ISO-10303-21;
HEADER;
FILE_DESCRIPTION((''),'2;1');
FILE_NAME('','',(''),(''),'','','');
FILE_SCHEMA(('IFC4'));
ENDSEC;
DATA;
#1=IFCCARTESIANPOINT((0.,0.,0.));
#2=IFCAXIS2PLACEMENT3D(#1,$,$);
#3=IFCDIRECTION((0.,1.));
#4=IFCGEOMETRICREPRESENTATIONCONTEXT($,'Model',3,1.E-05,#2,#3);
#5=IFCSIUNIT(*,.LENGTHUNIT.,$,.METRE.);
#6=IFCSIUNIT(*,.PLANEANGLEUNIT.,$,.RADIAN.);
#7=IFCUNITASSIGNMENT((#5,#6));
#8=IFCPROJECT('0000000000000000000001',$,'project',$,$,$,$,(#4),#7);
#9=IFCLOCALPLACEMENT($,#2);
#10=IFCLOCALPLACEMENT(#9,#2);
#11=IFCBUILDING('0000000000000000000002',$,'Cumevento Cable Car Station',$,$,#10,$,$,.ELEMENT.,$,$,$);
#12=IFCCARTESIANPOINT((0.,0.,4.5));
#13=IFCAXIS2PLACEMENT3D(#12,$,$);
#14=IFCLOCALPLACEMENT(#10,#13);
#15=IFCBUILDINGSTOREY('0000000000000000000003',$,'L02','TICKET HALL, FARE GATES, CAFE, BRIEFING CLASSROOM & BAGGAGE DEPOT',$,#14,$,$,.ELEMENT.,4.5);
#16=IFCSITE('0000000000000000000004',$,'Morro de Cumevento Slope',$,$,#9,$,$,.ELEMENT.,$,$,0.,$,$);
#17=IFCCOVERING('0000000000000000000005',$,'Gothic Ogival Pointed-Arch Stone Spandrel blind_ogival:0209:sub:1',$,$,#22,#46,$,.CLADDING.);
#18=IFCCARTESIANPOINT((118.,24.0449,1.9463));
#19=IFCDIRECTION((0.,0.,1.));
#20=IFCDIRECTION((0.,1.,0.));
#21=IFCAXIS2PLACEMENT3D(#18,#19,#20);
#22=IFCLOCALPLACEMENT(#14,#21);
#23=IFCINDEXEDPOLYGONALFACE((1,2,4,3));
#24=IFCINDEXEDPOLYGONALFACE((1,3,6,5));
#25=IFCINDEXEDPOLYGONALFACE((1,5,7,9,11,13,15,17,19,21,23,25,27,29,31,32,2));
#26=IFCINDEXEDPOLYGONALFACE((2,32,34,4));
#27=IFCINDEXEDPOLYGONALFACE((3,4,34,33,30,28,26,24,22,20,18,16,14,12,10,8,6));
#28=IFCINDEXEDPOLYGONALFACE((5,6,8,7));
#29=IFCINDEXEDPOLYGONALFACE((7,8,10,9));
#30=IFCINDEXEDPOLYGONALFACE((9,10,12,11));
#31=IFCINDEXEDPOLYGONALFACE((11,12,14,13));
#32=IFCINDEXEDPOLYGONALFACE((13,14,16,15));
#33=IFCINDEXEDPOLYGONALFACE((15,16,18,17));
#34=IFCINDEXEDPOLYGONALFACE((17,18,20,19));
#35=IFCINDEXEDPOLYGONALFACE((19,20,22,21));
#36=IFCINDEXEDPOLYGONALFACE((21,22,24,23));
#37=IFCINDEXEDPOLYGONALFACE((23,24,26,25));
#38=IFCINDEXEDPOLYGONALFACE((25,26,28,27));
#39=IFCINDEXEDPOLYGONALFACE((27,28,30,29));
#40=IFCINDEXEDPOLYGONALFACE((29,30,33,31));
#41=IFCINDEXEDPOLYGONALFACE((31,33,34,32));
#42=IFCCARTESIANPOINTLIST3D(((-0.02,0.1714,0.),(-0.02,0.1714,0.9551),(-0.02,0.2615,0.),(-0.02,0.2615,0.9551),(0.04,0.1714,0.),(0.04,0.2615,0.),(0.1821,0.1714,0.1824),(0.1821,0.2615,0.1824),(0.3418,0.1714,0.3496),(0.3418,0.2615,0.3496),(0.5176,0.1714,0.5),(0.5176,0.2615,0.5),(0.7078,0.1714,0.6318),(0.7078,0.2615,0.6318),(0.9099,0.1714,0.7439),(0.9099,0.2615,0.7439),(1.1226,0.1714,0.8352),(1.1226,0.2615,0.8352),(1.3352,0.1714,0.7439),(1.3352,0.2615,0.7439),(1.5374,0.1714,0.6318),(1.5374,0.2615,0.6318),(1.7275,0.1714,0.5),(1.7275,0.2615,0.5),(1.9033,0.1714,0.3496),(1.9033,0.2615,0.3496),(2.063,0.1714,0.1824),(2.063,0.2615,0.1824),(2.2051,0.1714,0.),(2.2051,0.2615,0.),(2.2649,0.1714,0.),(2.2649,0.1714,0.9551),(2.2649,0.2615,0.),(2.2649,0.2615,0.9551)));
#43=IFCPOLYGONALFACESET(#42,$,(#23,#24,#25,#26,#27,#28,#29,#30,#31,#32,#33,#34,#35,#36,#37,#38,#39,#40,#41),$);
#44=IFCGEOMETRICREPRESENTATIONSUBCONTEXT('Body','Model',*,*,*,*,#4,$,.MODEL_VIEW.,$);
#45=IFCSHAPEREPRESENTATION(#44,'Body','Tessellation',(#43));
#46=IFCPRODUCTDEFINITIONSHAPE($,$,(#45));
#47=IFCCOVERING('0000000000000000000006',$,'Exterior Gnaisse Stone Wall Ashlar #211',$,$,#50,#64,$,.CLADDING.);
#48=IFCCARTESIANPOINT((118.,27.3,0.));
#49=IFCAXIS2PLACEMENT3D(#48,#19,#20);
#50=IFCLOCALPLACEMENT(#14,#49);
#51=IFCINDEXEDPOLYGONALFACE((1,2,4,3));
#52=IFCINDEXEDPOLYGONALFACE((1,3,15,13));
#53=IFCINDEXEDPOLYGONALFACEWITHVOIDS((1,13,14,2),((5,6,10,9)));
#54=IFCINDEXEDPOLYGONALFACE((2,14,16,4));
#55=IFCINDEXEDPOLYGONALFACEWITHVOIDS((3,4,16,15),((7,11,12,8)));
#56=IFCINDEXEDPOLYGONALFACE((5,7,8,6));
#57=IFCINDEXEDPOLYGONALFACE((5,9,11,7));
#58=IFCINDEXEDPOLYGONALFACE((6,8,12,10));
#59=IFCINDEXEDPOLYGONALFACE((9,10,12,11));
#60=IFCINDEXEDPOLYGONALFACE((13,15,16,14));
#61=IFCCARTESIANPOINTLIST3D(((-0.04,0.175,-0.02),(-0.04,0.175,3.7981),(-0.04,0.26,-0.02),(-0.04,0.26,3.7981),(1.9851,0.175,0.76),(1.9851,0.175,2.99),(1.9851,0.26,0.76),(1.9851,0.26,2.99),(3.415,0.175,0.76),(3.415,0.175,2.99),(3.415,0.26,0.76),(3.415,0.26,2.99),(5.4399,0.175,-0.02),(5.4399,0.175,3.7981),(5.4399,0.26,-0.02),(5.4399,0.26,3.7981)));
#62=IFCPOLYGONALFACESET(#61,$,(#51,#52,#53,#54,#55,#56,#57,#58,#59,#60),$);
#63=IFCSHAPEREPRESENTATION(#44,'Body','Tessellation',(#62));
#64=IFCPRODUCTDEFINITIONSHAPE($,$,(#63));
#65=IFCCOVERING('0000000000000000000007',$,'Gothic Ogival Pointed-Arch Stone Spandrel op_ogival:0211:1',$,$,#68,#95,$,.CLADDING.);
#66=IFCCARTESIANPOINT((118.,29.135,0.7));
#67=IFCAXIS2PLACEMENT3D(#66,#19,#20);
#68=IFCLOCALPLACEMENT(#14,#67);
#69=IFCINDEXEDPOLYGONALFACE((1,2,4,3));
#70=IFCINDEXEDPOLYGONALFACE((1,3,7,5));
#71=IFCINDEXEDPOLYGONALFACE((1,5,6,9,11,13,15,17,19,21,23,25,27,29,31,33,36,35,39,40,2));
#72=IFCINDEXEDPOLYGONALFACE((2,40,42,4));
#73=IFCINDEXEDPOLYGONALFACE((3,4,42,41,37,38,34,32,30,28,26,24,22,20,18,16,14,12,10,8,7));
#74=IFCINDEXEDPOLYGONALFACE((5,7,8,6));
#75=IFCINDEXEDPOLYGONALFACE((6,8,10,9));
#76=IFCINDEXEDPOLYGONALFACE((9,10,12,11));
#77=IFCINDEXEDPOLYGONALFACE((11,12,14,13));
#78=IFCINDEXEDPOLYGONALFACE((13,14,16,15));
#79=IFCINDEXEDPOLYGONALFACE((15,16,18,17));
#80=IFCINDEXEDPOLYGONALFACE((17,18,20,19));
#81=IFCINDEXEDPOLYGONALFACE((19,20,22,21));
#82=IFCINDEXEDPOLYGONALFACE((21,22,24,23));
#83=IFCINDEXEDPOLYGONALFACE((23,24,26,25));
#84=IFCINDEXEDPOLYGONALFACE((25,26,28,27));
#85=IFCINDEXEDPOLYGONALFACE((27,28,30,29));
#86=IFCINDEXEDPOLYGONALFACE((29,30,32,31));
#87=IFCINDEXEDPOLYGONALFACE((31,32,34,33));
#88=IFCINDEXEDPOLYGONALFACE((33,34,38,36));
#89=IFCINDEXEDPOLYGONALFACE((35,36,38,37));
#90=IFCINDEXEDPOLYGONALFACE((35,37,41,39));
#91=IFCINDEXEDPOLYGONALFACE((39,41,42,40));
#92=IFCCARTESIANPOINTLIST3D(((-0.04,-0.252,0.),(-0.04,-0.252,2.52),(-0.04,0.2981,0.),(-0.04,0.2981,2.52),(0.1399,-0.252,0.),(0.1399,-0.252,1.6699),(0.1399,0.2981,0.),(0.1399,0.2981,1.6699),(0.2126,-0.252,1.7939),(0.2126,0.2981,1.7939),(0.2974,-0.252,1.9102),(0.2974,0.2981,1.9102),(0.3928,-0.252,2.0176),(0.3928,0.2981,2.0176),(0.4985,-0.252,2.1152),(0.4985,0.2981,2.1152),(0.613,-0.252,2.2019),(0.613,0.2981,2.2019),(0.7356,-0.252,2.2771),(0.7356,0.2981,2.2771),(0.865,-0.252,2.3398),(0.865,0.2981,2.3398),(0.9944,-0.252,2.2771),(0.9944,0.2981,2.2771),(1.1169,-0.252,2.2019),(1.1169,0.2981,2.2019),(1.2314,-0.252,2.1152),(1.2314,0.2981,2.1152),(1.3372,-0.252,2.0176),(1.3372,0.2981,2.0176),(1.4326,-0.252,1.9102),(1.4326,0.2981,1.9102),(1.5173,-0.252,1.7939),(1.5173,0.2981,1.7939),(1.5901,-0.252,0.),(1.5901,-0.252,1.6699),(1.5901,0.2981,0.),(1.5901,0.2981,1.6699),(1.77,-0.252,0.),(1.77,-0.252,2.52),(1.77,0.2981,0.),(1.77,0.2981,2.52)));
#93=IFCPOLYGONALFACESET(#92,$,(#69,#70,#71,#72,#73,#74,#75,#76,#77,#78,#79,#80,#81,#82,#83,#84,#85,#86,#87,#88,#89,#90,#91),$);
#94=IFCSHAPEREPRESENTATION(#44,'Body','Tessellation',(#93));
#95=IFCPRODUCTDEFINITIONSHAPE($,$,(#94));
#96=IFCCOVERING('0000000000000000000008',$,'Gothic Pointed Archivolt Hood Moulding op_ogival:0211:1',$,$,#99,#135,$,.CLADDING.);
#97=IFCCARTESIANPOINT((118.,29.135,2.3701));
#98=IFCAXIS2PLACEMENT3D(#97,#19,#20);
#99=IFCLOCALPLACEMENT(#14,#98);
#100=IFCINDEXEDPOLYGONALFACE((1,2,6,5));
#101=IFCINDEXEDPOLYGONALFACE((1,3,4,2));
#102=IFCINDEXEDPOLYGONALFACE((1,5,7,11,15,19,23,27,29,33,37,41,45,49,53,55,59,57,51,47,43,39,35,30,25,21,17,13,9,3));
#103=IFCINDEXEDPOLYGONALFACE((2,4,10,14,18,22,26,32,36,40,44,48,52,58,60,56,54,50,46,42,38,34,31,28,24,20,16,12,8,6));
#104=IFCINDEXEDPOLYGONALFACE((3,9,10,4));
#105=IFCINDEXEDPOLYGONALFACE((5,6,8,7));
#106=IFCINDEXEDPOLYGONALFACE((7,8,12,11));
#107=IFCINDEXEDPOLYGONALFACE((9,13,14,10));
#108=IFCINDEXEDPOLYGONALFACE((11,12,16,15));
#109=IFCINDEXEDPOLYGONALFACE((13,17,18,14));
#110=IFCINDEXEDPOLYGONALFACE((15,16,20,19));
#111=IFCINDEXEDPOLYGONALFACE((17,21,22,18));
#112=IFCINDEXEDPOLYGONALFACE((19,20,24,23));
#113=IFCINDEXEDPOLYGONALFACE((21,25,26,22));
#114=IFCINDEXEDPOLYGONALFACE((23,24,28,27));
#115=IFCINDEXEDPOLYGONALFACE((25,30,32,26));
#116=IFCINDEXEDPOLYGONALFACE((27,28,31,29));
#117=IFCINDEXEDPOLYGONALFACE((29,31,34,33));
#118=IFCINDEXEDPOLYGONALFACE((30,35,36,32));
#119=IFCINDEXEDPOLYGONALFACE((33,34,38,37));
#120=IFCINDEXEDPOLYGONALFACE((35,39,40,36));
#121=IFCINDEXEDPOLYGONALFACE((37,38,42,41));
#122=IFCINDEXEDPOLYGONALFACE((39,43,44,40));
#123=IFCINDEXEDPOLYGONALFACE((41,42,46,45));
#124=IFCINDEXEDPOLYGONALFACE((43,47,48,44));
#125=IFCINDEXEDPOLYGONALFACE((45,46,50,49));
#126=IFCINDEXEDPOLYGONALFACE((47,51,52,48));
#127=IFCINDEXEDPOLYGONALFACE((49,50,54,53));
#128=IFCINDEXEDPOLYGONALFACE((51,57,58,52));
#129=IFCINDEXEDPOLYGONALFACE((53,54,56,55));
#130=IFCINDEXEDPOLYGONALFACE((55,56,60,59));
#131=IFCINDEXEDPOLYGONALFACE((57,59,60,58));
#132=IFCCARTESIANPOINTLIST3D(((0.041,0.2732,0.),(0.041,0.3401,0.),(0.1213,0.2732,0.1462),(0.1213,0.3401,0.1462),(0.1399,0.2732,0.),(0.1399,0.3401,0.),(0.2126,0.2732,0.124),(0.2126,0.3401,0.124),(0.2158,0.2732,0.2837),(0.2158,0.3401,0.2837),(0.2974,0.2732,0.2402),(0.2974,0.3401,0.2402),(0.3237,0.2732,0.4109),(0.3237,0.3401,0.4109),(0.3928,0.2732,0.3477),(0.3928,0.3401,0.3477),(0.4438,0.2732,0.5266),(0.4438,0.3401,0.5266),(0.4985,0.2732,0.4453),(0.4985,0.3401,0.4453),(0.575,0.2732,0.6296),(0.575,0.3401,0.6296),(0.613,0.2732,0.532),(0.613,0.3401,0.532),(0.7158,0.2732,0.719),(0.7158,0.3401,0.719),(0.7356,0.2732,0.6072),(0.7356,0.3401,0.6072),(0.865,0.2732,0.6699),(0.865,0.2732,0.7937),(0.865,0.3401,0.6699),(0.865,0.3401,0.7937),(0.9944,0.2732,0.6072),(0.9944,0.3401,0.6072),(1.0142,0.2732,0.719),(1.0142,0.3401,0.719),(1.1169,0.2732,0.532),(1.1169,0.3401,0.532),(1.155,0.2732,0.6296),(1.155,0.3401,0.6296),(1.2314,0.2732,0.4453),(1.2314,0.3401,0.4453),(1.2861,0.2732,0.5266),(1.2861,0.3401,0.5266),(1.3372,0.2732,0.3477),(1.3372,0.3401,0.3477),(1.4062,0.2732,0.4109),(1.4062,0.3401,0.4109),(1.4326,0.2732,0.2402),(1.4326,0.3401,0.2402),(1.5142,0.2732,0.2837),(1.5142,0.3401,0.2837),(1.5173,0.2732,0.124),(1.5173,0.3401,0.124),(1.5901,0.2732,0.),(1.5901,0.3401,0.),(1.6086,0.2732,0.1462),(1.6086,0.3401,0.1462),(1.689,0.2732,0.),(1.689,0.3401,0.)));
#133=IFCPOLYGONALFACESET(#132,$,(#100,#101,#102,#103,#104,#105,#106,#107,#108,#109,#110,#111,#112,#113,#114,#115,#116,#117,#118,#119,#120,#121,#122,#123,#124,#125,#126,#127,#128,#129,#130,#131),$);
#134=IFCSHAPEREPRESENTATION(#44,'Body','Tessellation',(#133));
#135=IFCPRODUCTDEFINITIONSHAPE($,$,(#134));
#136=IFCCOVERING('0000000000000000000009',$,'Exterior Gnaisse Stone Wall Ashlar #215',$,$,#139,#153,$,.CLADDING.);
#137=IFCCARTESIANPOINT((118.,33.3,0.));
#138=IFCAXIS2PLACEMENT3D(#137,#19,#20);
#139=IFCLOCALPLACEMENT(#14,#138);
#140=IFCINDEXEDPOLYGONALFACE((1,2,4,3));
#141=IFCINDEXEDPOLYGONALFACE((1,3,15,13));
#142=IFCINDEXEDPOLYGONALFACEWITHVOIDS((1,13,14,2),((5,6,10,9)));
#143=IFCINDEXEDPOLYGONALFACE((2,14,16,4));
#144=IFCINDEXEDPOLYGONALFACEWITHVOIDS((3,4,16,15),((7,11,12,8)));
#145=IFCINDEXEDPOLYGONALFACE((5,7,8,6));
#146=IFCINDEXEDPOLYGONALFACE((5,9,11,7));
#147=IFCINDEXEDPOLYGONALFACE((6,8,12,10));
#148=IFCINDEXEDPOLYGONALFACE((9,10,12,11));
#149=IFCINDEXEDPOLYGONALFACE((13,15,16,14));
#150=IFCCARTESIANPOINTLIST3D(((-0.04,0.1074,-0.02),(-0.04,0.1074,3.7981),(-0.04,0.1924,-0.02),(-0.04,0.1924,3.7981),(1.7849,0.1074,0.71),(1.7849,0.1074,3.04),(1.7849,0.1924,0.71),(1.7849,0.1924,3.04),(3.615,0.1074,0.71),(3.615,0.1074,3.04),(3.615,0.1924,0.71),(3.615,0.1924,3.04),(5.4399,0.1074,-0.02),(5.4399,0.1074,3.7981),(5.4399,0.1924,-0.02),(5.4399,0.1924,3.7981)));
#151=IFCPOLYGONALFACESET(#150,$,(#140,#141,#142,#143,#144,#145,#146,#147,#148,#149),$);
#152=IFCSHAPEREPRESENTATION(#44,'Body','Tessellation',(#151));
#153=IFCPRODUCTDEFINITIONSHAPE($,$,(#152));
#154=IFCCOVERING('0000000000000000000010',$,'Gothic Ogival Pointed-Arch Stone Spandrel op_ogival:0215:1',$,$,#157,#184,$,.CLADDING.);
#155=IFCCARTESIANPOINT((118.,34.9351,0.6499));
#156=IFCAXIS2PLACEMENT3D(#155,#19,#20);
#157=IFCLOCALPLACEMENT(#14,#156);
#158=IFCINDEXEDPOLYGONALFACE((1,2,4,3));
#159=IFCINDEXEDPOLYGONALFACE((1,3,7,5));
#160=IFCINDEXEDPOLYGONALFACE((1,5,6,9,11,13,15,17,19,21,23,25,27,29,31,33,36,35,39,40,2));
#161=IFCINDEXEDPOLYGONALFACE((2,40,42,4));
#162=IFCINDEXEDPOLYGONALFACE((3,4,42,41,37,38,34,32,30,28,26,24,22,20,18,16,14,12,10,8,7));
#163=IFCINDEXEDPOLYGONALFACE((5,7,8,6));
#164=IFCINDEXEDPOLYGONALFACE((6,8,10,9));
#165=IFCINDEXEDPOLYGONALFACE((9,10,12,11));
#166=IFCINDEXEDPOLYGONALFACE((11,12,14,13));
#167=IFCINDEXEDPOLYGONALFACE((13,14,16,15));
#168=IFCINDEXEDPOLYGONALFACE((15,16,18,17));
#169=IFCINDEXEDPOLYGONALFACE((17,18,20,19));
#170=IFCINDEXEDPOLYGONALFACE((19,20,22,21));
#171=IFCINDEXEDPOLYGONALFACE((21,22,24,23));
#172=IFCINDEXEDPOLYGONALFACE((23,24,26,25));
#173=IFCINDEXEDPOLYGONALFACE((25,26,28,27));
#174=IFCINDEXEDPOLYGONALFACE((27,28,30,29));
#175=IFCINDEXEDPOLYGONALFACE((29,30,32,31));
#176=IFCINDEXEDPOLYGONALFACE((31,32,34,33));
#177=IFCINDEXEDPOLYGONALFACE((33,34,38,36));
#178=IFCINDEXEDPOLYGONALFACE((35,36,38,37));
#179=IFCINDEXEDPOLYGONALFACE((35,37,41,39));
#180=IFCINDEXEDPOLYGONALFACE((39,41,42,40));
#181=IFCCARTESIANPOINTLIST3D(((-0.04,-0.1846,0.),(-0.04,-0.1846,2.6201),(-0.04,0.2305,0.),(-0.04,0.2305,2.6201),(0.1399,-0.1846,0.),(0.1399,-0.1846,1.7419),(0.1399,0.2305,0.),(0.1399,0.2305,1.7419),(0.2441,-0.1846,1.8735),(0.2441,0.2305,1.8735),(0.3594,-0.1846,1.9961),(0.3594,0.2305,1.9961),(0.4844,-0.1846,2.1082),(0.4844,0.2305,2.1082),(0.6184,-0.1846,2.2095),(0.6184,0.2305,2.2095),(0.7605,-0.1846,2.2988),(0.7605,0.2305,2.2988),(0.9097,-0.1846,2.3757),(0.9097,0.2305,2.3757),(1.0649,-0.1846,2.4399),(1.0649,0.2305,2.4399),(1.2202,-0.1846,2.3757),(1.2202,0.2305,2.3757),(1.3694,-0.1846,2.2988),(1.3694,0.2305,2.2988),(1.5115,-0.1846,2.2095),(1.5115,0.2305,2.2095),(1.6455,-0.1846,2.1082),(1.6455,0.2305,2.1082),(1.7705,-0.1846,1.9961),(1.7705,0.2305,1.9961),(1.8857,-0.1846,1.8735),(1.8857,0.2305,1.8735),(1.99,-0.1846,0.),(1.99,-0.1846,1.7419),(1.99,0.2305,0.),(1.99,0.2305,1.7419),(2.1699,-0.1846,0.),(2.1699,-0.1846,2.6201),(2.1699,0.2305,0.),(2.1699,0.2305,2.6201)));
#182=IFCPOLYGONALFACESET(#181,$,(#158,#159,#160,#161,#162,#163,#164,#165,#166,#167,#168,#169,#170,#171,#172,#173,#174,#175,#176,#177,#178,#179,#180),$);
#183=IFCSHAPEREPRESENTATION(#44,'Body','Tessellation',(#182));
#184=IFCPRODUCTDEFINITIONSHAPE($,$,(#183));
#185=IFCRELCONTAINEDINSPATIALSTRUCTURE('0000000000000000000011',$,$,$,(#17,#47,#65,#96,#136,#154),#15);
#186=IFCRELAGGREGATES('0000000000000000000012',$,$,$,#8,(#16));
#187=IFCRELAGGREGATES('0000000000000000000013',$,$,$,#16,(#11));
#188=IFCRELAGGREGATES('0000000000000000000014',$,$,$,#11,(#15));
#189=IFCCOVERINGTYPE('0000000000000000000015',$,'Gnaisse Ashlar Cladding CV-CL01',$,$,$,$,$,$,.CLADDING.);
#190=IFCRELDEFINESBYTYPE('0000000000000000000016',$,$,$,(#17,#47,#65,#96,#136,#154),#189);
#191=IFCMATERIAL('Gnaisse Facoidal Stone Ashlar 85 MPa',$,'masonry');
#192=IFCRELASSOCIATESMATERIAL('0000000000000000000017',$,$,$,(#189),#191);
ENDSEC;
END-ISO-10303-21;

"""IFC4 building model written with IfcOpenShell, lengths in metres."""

from ifc_helpers import new_model, si_unit, direction, frame, origin, place, context, subcontext, project, spatial, polyline, outline, extrude, material, type_object, element, save


model = new_model("IFC4")

# Units and contexts
model_context = context("Model", 3, precision=1e-05, world=origin(), true_north=direction((0.0, 1.0)))
body_context = subcontext(model_context, "Body", "Model", "MODEL_VIEW")
ifc_project = project(units=[si_unit("LENGTHUNIT", "METRE"), si_unit("PLANEANGLEUNIT", "RADIAN")], contexts=[model_context])

# Site, building, storey
site_placement = place(None, origin())
site = spatial("IfcSite", under=ifc_project, at=site_placement, Name="Morro de Cumevento Slope", CompositionType="ELEMENT", RefElevation=0.0)
building_placement = place(site_placement, origin())
building = spatial("IfcBuilding", under=site, at=building_placement, Name="Cumevento Cable Car Station", CompositionType="ELEMENT")
storey_placement = place(building_placement, frame((0.0, 0.0, 4.5)))
storey = spatial("IfcBuildingStorey", under=building, at=storey_placement, Name="L02", Description="TICKET HALL, FARE GATES, CAFE, BRIEFING CLASSROOM & BAGGAGE DEPOT", CompositionType="ELEMENT", Elevation=4.5)

# Coverings
ifc_material_1 = material(Name="Gnaisse Facoidal Stone Ashlar 85 MPa", Category="masonry")
covering_type = type_object("IfcCoveringType", Name="Gnaisse Ashlar Cladding CV-CL01", PredefinedType="CLADDING", material=ifc_material_1)
covering_1_placement = place(storey_placement, frame((118.0, 24.0449, 1.9463), z_axis=(0.0, 0.0, 1.0), x_axis=(0.0, 1.0, 0.0)))
element("IfcCovering", 1, at=covering_1_placement, inside=storey, type_object=covering_type, Name="Gothic Ogival Pointed-Arch Stone Spandrel blind_ogival:0209:sub:1", PredefinedType="CLADDING", context=body_context, shape_type="SweptSolid", body=[
    extrude(outline(polyline([(-0.02, 0.0), (-0.02, 0.9551), (2.2649, 0.9551), (2.2649, 0.0), (2.2051, 0.0), (2.063, 0.1824), (1.9033, 0.3496), (1.7275, 0.5), (1.5374, 0.6318), (1.3352, 0.7439), (1.1226, 0.8352), (0.9099, 0.7439), (0.7078, 0.6318), (0.5176, 0.5), (0.3418, 0.3496), (0.1821, 0.1824), (0.04, 0.0), (-0.02, 0.0)])), frame((0.0, 0.2615, 0.0), z_axis=(0.0, -1.0, 0.0), x_axis=(1.0, 0.0, 0.0)), (0.0, 0.0, 1.0), 0.0901),
])
covering_2_placement = place(storey_placement, frame((118.0, 27.3, 0.0), z_axis=(0.0, 0.0, 1.0), x_axis=(0.0, 1.0, 0.0)))
element("IfcCovering", 2, at=covering_2_placement, inside=storey, type_object=covering_type, Name="Exterior Gnaisse Stone Wall Ashlar #211", PredefinedType="CLADDING", context=body_context, shape_type="SweptSolid", body=[
    extrude(outline(polyline([(-0.04, -0.02), (5.4399, -0.02), (5.4399, 3.7981), (-0.04, 3.7981), (-0.04, -0.02)]), holes=[polyline([(1.9851, 0.76), (3.415, 0.76), (3.415, 2.99), (1.9851, 2.99), (1.9851, 0.76)])]), frame((0.0, 0.26, 0.0), z_axis=(0.0, -1.0, 0.0), x_axis=(1.0, 0.0, 0.0)), (0.0, 0.0, 1.0), 0.085),
])
covering_3_placement = place(storey_placement, frame((118.0, 29.135, 0.7), z_axis=(0.0, 0.0, 1.0), x_axis=(0.0, 1.0, 0.0)))
element("IfcCovering", 3, at=covering_3_placement, inside=storey, type_object=covering_type, Name="Gothic Ogival Pointed-Arch Stone Spandrel op_ogival:0211:1", PredefinedType="CLADDING", context=body_context, shape_type="SweptSolid", body=[
    extrude(outline(polyline([(-0.04, 0.0), (-0.04, 2.52), (1.77, 2.52), (1.77, 0.0), (1.5901, 0.0), (1.5901, 1.6699), (1.5173, 1.7939), (1.4326, 1.9102), (1.3372, 2.0176), (1.2314, 2.1152), (1.1169, 2.2019), (0.9944, 2.2771), (0.865, 2.3398), (0.7356, 2.2771), (0.613, 2.2019), (0.4985, 2.1152), (0.3928, 2.0176), (0.2974, 1.9102), (0.2126, 1.7939), (0.1399, 1.6699), (0.1399, 0.0), (-0.04, 0.0)])), frame((0.0, 0.2981, 0.0), z_axis=(0.0, -1.0, 0.0), x_axis=(1.0, 0.0, 0.0)), (0.0, 0.0, 1.0), 0.55),
])
covering_4_placement = place(storey_placement, frame((118.0, 29.135, 2.3701), z_axis=(0.0, 0.0, 1.0), x_axis=(0.0, 1.0, 0.0)))
element("IfcCovering", 4, at=covering_4_placement, inside=storey, type_object=covering_type, Name="Gothic Pointed Archivolt Hood Moulding op_ogival:0211:1", PredefinedType="CLADDING", context=body_context, shape_type="SweptSolid", body=[
    extrude(outline(polyline([(0.1399, 0.0), (0.2126, 0.124), (0.2974, 0.2402), (0.3928, 0.3477), (0.4985, 0.4453), (0.613, 0.532), (0.7356, 0.6072), (0.865, 0.6699), (0.9944, 0.6072), (1.1169, 0.532), (1.2314, 0.4453), (1.3372, 0.3477), (1.4326, 0.2402), (1.5173, 0.124), (1.5901, 0.0), (1.689, 0.0), (1.6086, 0.1462), (1.5142, 0.2837), (1.4062, 0.4109), (1.2861, 0.5266), (1.155, 0.6296), (1.0142, 0.719), (0.865, 0.7937), (0.7158, 0.719), (0.575, 0.6296), (0.4438, 0.5266), (0.3237, 0.4109), (0.2158, 0.2837), (0.1213, 0.1462), (0.041, 0.0), (0.1399, 0.0)])), frame((0.0, 0.3401, 0.0), z_axis=(0.0, -1.0, 0.0), x_axis=(1.0, 0.0, 0.0)), (0.0, 0.0, 1.0), 0.0669),
])
covering_5_placement = place(storey_placement, frame((118.0, 33.3, 0.0), z_axis=(0.0, 0.0, 1.0), x_axis=(0.0, 1.0, 0.0)))
element("IfcCovering", 5, at=covering_5_placement, inside=storey, type_object=covering_type, Name="Exterior Gnaisse Stone Wall Ashlar #215", PredefinedType="CLADDING", context=body_context, shape_type="SweptSolid", body=[
    extrude(outline(polyline([(-0.04, -0.02), (5.4399, -0.02), (5.4399, 3.7981), (-0.04, 3.7981), (-0.04, -0.02)]), holes=[polyline([(1.7849, 0.71), (3.615, 0.71), (3.615, 3.04), (1.7849, 3.04), (1.7849, 0.71)])]), frame((0.0, 0.1924, 0.0), z_axis=(0.0, -1.0, 0.0), x_axis=(1.0, 0.0, 0.0)), (0.0, 0.0, 1.0), 0.085),
])
covering_6_placement = place(storey_placement, frame((118.0, 34.9351, 0.6499), z_axis=(0.0, 0.0, 1.0), x_axis=(0.0, 1.0, 0.0)))
element("IfcCovering", 6, at=covering_6_placement, inside=storey, type_object=covering_type, Name="Gothic Ogival Pointed-Arch Stone Spandrel op_ogival:0215:1", PredefinedType="CLADDING", context=body_context, shape_type="SweptSolid", body=[
    extrude(outline(polyline([(-0.04, 0.0), (-0.04, 2.6201), (2.1699, 2.6201), (2.1699, 0.0), (1.99, 0.0), (1.99, 1.7419), (1.8857, 1.8735), (1.7705, 1.9961), (1.6455, 2.1082), (1.5115, 2.2095), (1.3694, 2.2988), (1.2202, 2.3757), (1.0649, 2.4399), (0.9097, 2.3757), (0.7605, 2.2988), (0.6184, 2.2095), (0.4844, 2.1082), (0.3594, 1.9961), (0.2441, 1.8735), (0.1399, 1.7419), (0.1399, 0.0), (-0.04, 0.0)])), frame((0.0, 0.2305, 0.0), z_axis=(0.0, -1.0, 0.0), x_axis=(1.0, 0.0, 0.0)), (0.0, 0.0, 1.0), 0.415),
])

save(model, "model.ifc")
